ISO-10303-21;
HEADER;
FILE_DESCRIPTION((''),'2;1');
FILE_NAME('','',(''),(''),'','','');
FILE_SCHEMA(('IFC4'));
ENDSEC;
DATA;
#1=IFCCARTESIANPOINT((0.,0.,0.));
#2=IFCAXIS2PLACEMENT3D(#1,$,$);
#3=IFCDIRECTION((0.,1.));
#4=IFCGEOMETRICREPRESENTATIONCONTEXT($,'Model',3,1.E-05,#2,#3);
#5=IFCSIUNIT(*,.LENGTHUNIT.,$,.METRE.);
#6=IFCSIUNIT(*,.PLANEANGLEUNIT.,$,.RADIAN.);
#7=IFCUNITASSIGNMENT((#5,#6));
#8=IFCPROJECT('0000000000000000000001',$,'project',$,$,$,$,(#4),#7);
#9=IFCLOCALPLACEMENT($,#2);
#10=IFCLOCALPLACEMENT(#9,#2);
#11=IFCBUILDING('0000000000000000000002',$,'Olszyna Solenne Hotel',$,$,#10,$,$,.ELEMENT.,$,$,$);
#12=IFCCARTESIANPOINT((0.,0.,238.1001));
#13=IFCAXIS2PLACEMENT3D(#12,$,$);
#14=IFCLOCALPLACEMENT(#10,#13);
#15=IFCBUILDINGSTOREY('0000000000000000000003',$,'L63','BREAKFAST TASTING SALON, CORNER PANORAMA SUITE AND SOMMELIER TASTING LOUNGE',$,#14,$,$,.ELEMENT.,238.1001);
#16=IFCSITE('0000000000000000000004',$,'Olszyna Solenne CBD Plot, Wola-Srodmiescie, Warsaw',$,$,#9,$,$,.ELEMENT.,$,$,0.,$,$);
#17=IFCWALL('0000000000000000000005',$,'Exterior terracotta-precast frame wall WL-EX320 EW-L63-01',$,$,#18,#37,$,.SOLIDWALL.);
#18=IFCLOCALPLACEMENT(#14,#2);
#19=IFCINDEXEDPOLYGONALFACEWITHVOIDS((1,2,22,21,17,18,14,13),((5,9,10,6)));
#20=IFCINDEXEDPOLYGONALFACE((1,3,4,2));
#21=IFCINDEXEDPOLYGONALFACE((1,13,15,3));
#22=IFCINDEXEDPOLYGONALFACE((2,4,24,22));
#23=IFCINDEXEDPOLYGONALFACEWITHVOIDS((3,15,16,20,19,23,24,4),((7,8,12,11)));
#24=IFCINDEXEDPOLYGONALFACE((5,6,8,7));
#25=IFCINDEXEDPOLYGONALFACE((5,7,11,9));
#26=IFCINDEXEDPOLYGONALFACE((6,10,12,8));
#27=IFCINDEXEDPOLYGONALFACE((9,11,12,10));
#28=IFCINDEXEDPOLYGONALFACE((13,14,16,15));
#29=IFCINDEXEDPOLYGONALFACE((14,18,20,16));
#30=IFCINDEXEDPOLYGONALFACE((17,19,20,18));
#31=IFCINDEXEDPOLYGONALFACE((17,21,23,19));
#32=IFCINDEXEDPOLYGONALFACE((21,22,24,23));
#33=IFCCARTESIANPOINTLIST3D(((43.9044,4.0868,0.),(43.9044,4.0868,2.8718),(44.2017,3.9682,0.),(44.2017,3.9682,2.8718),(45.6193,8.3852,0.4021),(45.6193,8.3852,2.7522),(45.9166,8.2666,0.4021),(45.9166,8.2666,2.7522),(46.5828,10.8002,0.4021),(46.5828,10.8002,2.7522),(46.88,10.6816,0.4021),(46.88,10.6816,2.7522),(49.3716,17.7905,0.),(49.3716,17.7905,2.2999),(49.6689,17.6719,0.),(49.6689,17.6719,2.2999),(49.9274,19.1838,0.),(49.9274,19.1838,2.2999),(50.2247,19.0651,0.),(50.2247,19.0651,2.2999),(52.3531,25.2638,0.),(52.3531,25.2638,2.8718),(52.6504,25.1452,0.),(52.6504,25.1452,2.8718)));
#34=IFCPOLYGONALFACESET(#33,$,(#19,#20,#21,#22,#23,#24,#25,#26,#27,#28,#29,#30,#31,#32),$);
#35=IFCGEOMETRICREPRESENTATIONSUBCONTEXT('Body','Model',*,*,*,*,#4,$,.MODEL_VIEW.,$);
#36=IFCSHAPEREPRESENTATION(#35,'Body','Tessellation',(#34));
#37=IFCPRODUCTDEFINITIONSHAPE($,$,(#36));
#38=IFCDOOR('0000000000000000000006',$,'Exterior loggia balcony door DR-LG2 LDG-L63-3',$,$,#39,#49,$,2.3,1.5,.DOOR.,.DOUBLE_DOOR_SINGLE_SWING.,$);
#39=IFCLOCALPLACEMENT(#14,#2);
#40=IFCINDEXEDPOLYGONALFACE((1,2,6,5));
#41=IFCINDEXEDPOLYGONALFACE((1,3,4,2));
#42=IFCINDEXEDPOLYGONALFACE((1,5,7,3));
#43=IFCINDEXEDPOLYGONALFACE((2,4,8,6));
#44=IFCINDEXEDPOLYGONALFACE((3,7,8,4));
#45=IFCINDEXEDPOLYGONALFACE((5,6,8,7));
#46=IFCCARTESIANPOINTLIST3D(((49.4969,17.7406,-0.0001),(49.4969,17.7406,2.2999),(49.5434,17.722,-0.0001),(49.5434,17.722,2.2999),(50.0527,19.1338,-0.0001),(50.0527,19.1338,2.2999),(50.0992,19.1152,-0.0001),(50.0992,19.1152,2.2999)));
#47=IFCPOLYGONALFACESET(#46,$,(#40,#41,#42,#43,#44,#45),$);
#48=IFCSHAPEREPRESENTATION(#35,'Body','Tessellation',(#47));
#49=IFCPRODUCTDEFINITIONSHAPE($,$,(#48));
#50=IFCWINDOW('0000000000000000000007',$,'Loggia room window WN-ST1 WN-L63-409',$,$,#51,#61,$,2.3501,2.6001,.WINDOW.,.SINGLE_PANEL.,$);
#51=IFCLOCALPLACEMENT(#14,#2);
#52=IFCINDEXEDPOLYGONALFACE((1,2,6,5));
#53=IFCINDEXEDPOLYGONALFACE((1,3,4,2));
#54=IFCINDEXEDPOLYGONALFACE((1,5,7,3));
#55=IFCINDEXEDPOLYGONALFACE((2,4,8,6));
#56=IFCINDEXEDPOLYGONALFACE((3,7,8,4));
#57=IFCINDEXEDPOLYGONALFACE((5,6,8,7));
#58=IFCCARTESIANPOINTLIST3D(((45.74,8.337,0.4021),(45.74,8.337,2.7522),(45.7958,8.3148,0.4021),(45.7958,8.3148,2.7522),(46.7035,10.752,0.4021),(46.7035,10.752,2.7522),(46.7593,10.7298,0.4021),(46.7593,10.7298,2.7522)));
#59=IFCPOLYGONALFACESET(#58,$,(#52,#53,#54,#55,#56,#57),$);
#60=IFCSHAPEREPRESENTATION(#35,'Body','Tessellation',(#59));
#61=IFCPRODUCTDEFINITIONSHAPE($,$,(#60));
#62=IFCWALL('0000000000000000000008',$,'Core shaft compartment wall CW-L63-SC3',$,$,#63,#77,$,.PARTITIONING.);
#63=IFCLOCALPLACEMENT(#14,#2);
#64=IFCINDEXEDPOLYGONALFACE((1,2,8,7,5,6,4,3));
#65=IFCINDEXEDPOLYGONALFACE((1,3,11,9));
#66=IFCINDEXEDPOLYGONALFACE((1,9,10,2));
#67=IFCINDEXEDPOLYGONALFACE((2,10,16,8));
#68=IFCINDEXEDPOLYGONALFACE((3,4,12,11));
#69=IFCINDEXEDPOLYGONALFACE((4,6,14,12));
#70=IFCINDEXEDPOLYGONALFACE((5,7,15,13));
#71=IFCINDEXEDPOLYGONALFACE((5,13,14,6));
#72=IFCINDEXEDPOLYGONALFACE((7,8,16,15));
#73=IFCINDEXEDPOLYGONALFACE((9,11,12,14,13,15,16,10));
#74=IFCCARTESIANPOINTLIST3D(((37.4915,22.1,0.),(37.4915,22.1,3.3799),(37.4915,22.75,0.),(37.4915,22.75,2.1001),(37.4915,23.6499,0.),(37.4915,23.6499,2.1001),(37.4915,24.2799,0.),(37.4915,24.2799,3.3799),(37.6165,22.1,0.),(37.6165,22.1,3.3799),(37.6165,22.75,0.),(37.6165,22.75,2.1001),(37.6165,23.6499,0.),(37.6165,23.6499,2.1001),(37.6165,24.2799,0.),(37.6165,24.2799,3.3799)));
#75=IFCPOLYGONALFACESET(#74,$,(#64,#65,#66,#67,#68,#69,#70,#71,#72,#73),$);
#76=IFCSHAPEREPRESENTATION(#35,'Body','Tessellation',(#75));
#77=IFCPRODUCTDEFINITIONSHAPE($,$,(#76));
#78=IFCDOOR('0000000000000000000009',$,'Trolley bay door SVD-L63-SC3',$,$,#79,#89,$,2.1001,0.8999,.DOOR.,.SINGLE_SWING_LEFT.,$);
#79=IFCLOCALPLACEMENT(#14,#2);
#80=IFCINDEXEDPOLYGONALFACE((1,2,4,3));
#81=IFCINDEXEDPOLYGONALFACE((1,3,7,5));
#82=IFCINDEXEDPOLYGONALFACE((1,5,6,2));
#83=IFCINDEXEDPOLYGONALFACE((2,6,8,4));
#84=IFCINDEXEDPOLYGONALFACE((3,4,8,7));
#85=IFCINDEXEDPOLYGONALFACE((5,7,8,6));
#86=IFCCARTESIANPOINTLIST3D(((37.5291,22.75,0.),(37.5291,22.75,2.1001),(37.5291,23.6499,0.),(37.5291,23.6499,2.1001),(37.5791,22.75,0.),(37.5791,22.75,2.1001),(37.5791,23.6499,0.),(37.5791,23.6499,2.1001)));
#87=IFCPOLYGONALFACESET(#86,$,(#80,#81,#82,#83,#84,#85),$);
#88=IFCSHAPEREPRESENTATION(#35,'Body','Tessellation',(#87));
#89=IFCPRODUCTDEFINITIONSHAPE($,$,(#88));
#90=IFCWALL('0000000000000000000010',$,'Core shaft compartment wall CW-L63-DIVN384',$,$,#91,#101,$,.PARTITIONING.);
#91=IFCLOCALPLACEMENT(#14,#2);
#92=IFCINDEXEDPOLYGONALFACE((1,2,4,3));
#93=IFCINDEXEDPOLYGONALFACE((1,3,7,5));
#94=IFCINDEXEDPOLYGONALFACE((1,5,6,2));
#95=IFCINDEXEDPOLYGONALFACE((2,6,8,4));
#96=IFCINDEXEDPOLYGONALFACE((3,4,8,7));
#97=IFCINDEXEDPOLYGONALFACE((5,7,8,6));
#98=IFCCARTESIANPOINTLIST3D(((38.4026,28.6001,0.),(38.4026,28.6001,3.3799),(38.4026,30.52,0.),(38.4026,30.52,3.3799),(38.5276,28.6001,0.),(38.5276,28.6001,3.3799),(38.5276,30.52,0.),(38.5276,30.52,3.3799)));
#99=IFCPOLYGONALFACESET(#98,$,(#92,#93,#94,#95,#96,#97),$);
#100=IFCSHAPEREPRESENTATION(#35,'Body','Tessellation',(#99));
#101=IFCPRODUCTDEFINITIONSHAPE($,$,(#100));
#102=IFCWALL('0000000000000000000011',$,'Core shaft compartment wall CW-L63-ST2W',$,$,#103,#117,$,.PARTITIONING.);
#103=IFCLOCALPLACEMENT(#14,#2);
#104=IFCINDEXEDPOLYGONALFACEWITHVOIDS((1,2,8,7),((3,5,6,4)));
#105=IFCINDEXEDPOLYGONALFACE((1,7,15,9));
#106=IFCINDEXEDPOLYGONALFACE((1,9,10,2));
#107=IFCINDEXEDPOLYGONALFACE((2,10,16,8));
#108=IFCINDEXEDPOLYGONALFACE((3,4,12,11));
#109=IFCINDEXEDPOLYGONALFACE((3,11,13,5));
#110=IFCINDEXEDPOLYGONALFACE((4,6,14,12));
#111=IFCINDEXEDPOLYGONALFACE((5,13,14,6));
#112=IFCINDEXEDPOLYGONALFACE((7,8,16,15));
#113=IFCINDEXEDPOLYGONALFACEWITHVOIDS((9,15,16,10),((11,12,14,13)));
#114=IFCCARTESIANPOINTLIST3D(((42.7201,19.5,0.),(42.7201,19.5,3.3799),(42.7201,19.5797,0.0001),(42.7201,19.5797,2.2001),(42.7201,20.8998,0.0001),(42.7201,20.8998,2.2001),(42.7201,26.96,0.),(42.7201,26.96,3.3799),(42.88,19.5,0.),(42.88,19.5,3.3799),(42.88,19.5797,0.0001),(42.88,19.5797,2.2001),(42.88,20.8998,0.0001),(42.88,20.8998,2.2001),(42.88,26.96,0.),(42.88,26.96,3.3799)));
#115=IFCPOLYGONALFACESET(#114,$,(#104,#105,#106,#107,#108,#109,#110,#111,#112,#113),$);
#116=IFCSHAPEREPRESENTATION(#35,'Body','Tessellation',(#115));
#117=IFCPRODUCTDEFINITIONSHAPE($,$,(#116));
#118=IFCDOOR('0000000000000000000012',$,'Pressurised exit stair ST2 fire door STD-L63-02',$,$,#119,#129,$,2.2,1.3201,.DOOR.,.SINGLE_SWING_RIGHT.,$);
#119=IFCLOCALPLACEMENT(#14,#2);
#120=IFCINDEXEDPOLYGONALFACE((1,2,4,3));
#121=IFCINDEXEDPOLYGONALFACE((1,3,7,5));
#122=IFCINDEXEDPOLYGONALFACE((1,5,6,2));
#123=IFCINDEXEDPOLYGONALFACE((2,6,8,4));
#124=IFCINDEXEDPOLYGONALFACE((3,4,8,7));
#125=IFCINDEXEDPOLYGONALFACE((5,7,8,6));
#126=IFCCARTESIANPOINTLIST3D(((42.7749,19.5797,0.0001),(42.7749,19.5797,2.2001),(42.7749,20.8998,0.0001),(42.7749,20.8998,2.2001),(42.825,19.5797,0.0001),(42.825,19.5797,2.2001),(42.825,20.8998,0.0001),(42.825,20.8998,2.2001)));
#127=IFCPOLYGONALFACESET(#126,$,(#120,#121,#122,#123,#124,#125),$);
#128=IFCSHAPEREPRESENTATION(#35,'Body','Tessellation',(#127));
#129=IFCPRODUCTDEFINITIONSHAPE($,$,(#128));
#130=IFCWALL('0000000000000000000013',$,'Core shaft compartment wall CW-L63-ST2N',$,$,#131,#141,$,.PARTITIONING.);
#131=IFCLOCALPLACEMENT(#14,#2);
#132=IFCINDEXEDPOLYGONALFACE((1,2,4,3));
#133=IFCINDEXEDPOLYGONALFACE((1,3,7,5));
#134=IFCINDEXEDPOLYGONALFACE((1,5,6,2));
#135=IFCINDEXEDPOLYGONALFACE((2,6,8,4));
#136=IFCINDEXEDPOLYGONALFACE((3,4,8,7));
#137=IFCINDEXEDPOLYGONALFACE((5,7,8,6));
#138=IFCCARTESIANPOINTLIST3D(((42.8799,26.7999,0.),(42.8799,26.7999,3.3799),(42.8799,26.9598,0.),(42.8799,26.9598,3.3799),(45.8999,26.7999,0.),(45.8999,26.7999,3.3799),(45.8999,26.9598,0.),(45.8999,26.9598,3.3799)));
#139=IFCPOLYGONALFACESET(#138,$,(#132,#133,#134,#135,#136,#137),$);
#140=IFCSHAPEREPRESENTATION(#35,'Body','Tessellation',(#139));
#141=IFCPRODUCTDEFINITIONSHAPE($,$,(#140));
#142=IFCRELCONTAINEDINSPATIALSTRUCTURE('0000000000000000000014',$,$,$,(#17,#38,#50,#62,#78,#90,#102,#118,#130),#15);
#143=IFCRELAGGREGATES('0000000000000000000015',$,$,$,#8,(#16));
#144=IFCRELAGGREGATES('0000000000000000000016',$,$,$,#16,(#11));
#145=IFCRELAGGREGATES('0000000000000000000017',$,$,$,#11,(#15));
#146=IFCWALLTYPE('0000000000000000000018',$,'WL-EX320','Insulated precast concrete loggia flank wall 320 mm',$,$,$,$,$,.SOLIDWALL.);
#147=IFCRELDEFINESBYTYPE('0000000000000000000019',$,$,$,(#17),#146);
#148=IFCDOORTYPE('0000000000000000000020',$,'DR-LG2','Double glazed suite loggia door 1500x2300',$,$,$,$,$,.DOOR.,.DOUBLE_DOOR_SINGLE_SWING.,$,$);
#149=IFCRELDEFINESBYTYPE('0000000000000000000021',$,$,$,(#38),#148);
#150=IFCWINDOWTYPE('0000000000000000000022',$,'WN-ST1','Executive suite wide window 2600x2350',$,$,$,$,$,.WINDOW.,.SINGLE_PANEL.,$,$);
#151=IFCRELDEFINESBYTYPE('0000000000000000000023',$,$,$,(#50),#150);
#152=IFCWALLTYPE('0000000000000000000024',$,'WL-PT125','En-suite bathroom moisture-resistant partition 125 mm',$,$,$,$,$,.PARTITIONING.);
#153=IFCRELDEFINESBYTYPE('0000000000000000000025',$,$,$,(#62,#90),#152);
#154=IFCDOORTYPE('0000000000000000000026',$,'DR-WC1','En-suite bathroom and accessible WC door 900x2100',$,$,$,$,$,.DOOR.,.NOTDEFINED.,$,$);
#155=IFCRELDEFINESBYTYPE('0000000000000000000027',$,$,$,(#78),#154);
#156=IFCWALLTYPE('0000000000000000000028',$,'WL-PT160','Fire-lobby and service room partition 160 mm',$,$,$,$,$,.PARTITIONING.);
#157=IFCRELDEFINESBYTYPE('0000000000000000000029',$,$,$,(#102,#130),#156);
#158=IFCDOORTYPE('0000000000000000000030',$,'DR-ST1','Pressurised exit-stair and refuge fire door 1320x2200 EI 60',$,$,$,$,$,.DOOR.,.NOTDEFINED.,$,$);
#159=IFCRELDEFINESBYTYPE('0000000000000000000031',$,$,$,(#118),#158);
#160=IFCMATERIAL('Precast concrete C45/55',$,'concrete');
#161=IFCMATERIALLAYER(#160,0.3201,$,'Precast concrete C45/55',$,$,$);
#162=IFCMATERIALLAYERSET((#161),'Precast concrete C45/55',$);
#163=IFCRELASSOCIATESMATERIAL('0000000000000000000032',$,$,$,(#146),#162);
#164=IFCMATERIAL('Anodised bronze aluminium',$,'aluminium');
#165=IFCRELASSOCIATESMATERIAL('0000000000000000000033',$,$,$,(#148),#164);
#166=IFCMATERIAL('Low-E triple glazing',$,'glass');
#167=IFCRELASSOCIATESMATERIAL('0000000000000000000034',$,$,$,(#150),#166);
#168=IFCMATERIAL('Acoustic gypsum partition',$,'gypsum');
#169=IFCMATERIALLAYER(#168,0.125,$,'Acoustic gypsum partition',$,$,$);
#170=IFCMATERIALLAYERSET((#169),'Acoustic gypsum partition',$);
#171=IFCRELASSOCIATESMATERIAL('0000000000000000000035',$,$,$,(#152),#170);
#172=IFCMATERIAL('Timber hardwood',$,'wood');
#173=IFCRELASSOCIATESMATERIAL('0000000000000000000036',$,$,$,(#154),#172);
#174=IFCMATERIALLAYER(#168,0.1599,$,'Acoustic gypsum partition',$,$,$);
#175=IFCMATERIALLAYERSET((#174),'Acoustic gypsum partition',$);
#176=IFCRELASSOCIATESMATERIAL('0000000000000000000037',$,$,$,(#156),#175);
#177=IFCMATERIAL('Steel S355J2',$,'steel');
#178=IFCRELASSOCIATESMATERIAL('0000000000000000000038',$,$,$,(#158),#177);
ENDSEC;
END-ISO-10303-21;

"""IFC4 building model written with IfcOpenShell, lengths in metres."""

from ifc_helpers import new_model, si_unit, direction, frame, frame_2d, origin, place, context, subcontext, project, spatial, rectangle, extrude, source, transform, mapped, material, layer, layer_set, type_object, type_shapes, element, fill, save


model = new_model("IFC4")

# Units and contexts
model_context = context("Model", 3, precision=1e-05, world=origin(), true_north=direction((0.0, 1.0)))
body_context = subcontext(model_context, "Body", "Model", "MODEL_VIEW")
ifc_project = project(units=[si_unit("LENGTHUNIT", "METRE"), si_unit("PLANEANGLEUNIT", "RADIAN")], contexts=[model_context])

# Site, building, storey
site_placement = place(None, origin())
site = spatial("IfcSite", under=ifc_project, at=site_placement, Name="Olszyna Solenne CBD Plot, Wola-Srodmiescie, Warsaw", CompositionType="ELEMENT", RefElevation=0.0)
building_placement = place(site_placement, origin())
building = spatial("IfcBuilding", under=site, at=building_placement, Name="Olszyna Solenne Hotel", CompositionType="ELEMENT")
storey_placement = place(building_placement, frame((0.0, 0.0, 238.1001)))
storey = spatial("IfcBuildingStorey", under=building, at=storey_placement, Name="L63", Description="BREAKFAST TASTING SALON, CORNER PANORAMA SUITE AND SOMMELIER TASTING LOUNGE", CompositionType="ELEMENT", Elevation=238.1001)

# Shared definitions
ifc_material_1 = material(Name="Steel S355J2", Category="steel")

# Wall, openings, door, window
ifc_material_2 = material(Name="Precast concrete C45/55", Category="concrete")
ifc_layer_1 = layer(ifc_material_2, 0.3201, Name="Precast concrete C45/55")
ifc_layer_set_1 = layer_set([ifc_layer_1], Name="Precast concrete C45/55")
wall_type_1 = type_object("IfcWallType", Name="WL-EX320", Description="Insulated precast concrete loggia flank wall 320 mm", PredefinedType="SOLIDWALL", material=ifc_layer_set_1)
wall_1_placement = place(storey_placement, frame((52.5017, 25.2043, 0.0), z_axis=(0.0, 0.0, 1.0), x_axis=(-0.370556, -0.92881, 0.0)))
wall_1 = element("IfcWall", 1, at=wall_1_placement, inside=storey, type_object=wall_type_1, Name="Exterior terracotta-precast frame wall WL-EX320 EW-L63-01", PredefinedType="SOLIDWALL", context=body_context, shape_type="SweptSolid", body=[
    extrude(rectangle(XDim=22.8, YDim=0.3201, at=frame_2d((11.3999, 0.0))), origin(), (0.0, 0.0, 1.0), 2.8718),
])
opening_1_placement = place(wall_1_placement, frame((6.5459, 0.0, 0.0)))
opening_1 = element("IfcOpeningElement", 2, at=opening_1_placement, cuts=wall_1, PredefinedType="OPENING", context=body_context, shape_type="SweptSolid", body=[
    extrude(rectangle(XDim=1.5, YDim=2.3, at=frame_2d((0.75, 1.1499))), frame((0.0, 0.1699, 0.0), z_axis=(0.0, -1.0, 0.0), x_axis=(1.0, 0.0, 0.0)), (0.0, 0.0, 1.0), 0.3401),
])
opening_2_placement = place(wall_1_placement, frame((15.572, 0.0, 0.4021)))
opening_2 = element("IfcOpeningElement", 3, at=opening_2_placement, cuts=wall_1, PredefinedType="OPENING", context=body_context, shape_type="SweptSolid", body=[
    extrude(rectangle(XDim=2.6001, YDim=2.3501, at=frame_2d((1.3, 1.175))), frame((0.0, 0.1699, 0.0), z_axis=(0.0, -1.0, 0.0), x_axis=(1.0, 0.0, 0.0)), (0.0, 0.0, 1.0), 0.3401),
])
ifc_material_3 = material(Name="Anodised bronze aluminium", Category="aluminium")
door_type_1 = type_object("IfcDoorType", Name="DR-LG2", Description="Double glazed suite loggia door 1500x2300", OperationType="DOUBLE_DOOR_SINGLE_SWING", PredefinedType="DOOR", material=ifc_material_3)
shared_shape_1 = source(origin(), body_context, "Body", "SweptSolid", [
    extrude(rectangle(XDim=1.5, YDim=2.3, at=frame_2d((0.75, 1.1499))), frame((0.0, 0.0249, 0.0), z_axis=(0.0, -1.0, 0.0), x_axis=(1.0, 0.0, 0.0)), (0.0, 0.0, 1.0), 0.05),
])
type_shapes(door_type_1, [shared_shape_1])
door_1_placement = place(opening_1_placement, origin())
door_1 = element("IfcDoor", 4, at=door_1_placement, inside=storey, type_object=door_type_1, Name="Exterior loggia balcony door DR-LG2 LDG-L63-3", OperationType="DOUBLE_DOOR_SINGLE_SWING", OverallHeight=2.3, OverallWidth=1.5, PredefinedType="DOOR", context=body_context, shape_type="MappedRepresentation", body=[
    mapped(shared_shape_1, transform((0.0, 0.0, 0.0), x_axis=(1.0, 0.0, 0.0), y_axis=(0.0, 1.0, 0.0), z_axis=(0.0, 0.0, 1.0), scale=1.0)),
])
fill(opening_1, door_1)
ifc_material_4 = material(Name="Low-E triple glazing", Category="glass")
window_type = type_object("IfcWindowType", Name="WN-ST1", Description="Executive suite wide window 2600x2350", PartitioningType="SINGLE_PANEL", PredefinedType="WINDOW", material=ifc_material_4)
shared_shape_2 = source(origin(), body_context, "Body", "SweptSolid", [
    extrude(rectangle(XDim=2.6001, YDim=2.3501, at=frame_2d((1.3, 1.175))), frame((0.0, 0.03, 0.0), z_axis=(0.0, -1.0, 0.0), x_axis=(1.0, 0.0, 0.0)), (0.0, 0.0, 1.0), 0.0601),
])
type_shapes(window_type, [shared_shape_2])
window_placement = place(opening_2_placement, origin())
window = element("IfcWindow", 5, at=window_placement, inside=storey, type_object=window_type, Name="Loggia room window WN-ST1 WN-L63-409", OverallHeight=2.3501, OverallWidth=2.6001, PartitioningType="SINGLE_PANEL", PredefinedType="WINDOW", context=body_context, shape_type="MappedRepresentation", body=[
    mapped(shared_shape_2, transform((0.0, 0.0, 0.0), x_axis=(1.0, 0.0, 0.0), y_axis=(0.0, 1.0, 0.0), z_axis=(0.0, 0.0, 1.0), scale=1.0)),
])
fill(opening_2, window)

# Wall, opening, door
ifc_material_5 = material(Name="Acoustic gypsum partition", Category="gypsum")
ifc_layer_2 = layer(ifc_material_5, 0.125, Name="Acoustic gypsum partition")
ifc_layer_set_2 = layer_set([ifc_layer_2], Name="Acoustic gypsum partition")
wall_type_2 = type_object("IfcWallType", Name="WL-PT125", Description="En-suite bathroom moisture-resistant partition 125 mm", PredefinedType="PARTITIONING", material=ifc_layer_set_2)
wall_2_placement = place(storey_placement, frame((37.554, 22.1001, 0.0), z_axis=(0.0, 0.0, 1.0), x_axis=(0.0, 1.0, 0.0)))
wall_2 = element("IfcWall", 6, at=wall_2_placement, inside=storey, type_object=wall_type_2, Name="Core shaft compartment wall CW-L63-SC3", PredefinedType="PARTITIONING", context=body_context, shape_type="SweptSolid", body=[
    extrude(rectangle(XDim=2.1799, YDim=0.125, at=frame_2d((1.0898, 0.0))), origin(), (0.0, 0.0, 1.0), 3.3799),
])
opening_3_placement = place(wall_2_placement, frame((0.6499, 0.0, 0.0)))
opening_3 = element("IfcOpeningElement", 7, at=opening_3_placement, cuts=wall_2, PredefinedType="OPENING", context=body_context, shape_type="SweptSolid", body=[
    extrude(rectangle(XDim=0.8999, YDim=2.1001, at=frame_2d((0.45, 1.05))), frame((0.0, 0.0725, 0.0), z_axis=(0.0, -1.0, 0.0), x_axis=(1.0, 0.0, 0.0)), (0.0, 0.0, 1.0), 0.145),
])
ifc_material_6 = material(Name="Timber hardwood", Category="wood")
door_type_2 = type_object("IfcDoorType", Name="DR-WC1", Description="En-suite bathroom and accessible WC door 900x2100", OperationType="NOTDEFINED", PredefinedType="DOOR", material=ifc_material_6)
shared_shape_3 = source(origin(), body_context, "Body", "SweptSolid", [
    extrude(rectangle(XDim=0.8999, YDim=2.1001, at=frame_2d((0.45, 1.05))), frame((0.0, 0.0249, 0.0), z_axis=(0.0, -1.0, 0.0), x_axis=(1.0, 0.0, 0.0)), (0.0, 0.0, 1.0), 0.05),
])
type_shapes(door_type_2, [shared_shape_3])
door_2_placement = place(opening_3_placement, origin())
door_2 = element("IfcDoor", 8, at=door_2_placement, inside=storey, type_object=door_type_2, Name="Trolley bay door SVD-L63-SC3", OperationType="SINGLE_SWING_LEFT", OverallHeight=2.1001, OverallWidth=0.8999, PredefinedType="DOOR", context=body_context, shape_type="MappedRepresentation", body=[
    mapped(shared_shape_3, transform((0.0, 0.0, 0.0), x_axis=(1.0, 0.0, 0.0), y_axis=(0.0, 1.0, 0.0), z_axis=(0.0, 0.0, 1.0), scale=1.0)),
])
fill(opening_3, door_2)

# Wall
wall_3_placement = place(storey_placement, frame((38.4651, 28.6001, 0.0), z_axis=(0.0, 0.0, 1.0), x_axis=(0.0, 1.0, 0.0)))
element("IfcWall", 9, at=wall_3_placement, inside=storey, type_object=wall_type_2, Name="Core shaft compartment wall CW-L63-DIVN384", PredefinedType="PARTITIONING", context=body_context, shape_type="SweptSolid", body=[
    extrude(rectangle(XDim=1.9199, YDim=0.125, at=frame_2d((0.96, 0.0))), origin(), (0.0, 0.0, 1.0), 3.3799),
])

# Wall, opening, door
ifc_layer_3 = layer(ifc_material_5, 0.1599, Name="Acoustic gypsum partition")
ifc_layer_set_3 = layer_set([ifc_layer_3], Name="Acoustic gypsum partition")
wall_type_3 = type_object("IfcWallType", Name="WL-PT160", Description="Fire-lobby and service room partition 160 mm", PredefinedType="PARTITIONING", material=ifc_layer_set_3)
wall_4_placement = place(storey_placement, frame((42.8, 26.96, 0.0), z_axis=(0.0, 0.0, 1.0), x_axis=(0.0, -1.0, 0.0)))
wall_4 = element("IfcWall", 10, at=wall_4_placement, inside=storey, type_object=wall_type_3, Name="Core shaft compartment wall CW-L63-ST2W", PredefinedType="PARTITIONING", context=body_context, shape_type="SweptSolid", body=[
    extrude(rectangle(XDim=7.46, YDim=0.1599, at=frame_2d((3.73, 0.0))), origin(), (0.0, 0.0, 1.0), 3.3799),
])
opening_4_placement = place(wall_4_placement, frame((6.0601, 0.0, 0.0)))
opening_4 = element("IfcOpeningElement", 11, at=opening_4_placement, cuts=wall_4, PredefinedType="OPENING", context=body_context, shape_type="SweptSolid", body=[
    extrude(rectangle(XDim=1.3201, YDim=2.2, at=frame_2d((0.6602, 1.1001))), frame((0.0, 0.0898, 0.0), z_axis=(0.0, -1.0, 0.0), x_axis=(1.0, 0.0, 0.0)), (0.0, 0.0, 1.0), 0.1799),
])
door_type_3 = type_object("IfcDoorType", Name="DR-ST1", Description="Pressurised exit-stair and refuge fire door 1320x2200 EI 60", OperationType="NOTDEFINED", PredefinedType="DOOR", material=ifc_material_1)
shared_shape_4 = source(origin(), body_context, "Body", "SweptSolid", [
    extrude(rectangle(XDim=1.3201, YDim=2.2, at=frame_2d((0.6602, 1.1001))), frame((0.0, 0.0249, 0.0), z_axis=(0.0, -1.0, 0.0), x_axis=(1.0, 0.0, 0.0)), (0.0, 0.0, 1.0), 0.05),
])
type_shapes(door_type_3, [shared_shape_4])
door_3_placement = place(opening_4_placement, origin())
door_3 = element("IfcDoor", 12, at=door_3_placement, inside=storey, type_object=door_type_3, Name="Pressurised exit stair ST2 fire door STD-L63-02", OperationType="SINGLE_SWING_RIGHT", OverallHeight=2.2, OverallWidth=1.3201, PredefinedType="DOOR", context=body_context, shape_type="MappedRepresentation", body=[
    mapped(shared_shape_4, transform((0.0, 0.0, 0.0), x_axis=(1.0, 0.0, 0.0), y_axis=(0.0, 1.0, 0.0), z_axis=(0.0, 0.0, 1.0), scale=1.0)),
])
fill(opening_4, door_3)

# Wall
wall_5_placement = place(storey_placement, frame((42.8799, 26.8799, 0.0), z_axis=(0.0, 0.0, 1.0), x_axis=(1.0, 0.0, 0.0)))
element("IfcWall", 13, at=wall_5_placement, inside=storey, type_object=wall_type_3, Name="Core shaft compartment wall CW-L63-ST2N", PredefinedType="PARTITIONING", context=body_context, shape_type="SweptSolid", body=[
    extrude(rectangle(XDim=3.02, YDim=0.1599, at=frame_2d((1.51, 0.0))), origin(), (0.0, 0.0, 1.0), 3.3799),
])

save(model, "model.ifc")
